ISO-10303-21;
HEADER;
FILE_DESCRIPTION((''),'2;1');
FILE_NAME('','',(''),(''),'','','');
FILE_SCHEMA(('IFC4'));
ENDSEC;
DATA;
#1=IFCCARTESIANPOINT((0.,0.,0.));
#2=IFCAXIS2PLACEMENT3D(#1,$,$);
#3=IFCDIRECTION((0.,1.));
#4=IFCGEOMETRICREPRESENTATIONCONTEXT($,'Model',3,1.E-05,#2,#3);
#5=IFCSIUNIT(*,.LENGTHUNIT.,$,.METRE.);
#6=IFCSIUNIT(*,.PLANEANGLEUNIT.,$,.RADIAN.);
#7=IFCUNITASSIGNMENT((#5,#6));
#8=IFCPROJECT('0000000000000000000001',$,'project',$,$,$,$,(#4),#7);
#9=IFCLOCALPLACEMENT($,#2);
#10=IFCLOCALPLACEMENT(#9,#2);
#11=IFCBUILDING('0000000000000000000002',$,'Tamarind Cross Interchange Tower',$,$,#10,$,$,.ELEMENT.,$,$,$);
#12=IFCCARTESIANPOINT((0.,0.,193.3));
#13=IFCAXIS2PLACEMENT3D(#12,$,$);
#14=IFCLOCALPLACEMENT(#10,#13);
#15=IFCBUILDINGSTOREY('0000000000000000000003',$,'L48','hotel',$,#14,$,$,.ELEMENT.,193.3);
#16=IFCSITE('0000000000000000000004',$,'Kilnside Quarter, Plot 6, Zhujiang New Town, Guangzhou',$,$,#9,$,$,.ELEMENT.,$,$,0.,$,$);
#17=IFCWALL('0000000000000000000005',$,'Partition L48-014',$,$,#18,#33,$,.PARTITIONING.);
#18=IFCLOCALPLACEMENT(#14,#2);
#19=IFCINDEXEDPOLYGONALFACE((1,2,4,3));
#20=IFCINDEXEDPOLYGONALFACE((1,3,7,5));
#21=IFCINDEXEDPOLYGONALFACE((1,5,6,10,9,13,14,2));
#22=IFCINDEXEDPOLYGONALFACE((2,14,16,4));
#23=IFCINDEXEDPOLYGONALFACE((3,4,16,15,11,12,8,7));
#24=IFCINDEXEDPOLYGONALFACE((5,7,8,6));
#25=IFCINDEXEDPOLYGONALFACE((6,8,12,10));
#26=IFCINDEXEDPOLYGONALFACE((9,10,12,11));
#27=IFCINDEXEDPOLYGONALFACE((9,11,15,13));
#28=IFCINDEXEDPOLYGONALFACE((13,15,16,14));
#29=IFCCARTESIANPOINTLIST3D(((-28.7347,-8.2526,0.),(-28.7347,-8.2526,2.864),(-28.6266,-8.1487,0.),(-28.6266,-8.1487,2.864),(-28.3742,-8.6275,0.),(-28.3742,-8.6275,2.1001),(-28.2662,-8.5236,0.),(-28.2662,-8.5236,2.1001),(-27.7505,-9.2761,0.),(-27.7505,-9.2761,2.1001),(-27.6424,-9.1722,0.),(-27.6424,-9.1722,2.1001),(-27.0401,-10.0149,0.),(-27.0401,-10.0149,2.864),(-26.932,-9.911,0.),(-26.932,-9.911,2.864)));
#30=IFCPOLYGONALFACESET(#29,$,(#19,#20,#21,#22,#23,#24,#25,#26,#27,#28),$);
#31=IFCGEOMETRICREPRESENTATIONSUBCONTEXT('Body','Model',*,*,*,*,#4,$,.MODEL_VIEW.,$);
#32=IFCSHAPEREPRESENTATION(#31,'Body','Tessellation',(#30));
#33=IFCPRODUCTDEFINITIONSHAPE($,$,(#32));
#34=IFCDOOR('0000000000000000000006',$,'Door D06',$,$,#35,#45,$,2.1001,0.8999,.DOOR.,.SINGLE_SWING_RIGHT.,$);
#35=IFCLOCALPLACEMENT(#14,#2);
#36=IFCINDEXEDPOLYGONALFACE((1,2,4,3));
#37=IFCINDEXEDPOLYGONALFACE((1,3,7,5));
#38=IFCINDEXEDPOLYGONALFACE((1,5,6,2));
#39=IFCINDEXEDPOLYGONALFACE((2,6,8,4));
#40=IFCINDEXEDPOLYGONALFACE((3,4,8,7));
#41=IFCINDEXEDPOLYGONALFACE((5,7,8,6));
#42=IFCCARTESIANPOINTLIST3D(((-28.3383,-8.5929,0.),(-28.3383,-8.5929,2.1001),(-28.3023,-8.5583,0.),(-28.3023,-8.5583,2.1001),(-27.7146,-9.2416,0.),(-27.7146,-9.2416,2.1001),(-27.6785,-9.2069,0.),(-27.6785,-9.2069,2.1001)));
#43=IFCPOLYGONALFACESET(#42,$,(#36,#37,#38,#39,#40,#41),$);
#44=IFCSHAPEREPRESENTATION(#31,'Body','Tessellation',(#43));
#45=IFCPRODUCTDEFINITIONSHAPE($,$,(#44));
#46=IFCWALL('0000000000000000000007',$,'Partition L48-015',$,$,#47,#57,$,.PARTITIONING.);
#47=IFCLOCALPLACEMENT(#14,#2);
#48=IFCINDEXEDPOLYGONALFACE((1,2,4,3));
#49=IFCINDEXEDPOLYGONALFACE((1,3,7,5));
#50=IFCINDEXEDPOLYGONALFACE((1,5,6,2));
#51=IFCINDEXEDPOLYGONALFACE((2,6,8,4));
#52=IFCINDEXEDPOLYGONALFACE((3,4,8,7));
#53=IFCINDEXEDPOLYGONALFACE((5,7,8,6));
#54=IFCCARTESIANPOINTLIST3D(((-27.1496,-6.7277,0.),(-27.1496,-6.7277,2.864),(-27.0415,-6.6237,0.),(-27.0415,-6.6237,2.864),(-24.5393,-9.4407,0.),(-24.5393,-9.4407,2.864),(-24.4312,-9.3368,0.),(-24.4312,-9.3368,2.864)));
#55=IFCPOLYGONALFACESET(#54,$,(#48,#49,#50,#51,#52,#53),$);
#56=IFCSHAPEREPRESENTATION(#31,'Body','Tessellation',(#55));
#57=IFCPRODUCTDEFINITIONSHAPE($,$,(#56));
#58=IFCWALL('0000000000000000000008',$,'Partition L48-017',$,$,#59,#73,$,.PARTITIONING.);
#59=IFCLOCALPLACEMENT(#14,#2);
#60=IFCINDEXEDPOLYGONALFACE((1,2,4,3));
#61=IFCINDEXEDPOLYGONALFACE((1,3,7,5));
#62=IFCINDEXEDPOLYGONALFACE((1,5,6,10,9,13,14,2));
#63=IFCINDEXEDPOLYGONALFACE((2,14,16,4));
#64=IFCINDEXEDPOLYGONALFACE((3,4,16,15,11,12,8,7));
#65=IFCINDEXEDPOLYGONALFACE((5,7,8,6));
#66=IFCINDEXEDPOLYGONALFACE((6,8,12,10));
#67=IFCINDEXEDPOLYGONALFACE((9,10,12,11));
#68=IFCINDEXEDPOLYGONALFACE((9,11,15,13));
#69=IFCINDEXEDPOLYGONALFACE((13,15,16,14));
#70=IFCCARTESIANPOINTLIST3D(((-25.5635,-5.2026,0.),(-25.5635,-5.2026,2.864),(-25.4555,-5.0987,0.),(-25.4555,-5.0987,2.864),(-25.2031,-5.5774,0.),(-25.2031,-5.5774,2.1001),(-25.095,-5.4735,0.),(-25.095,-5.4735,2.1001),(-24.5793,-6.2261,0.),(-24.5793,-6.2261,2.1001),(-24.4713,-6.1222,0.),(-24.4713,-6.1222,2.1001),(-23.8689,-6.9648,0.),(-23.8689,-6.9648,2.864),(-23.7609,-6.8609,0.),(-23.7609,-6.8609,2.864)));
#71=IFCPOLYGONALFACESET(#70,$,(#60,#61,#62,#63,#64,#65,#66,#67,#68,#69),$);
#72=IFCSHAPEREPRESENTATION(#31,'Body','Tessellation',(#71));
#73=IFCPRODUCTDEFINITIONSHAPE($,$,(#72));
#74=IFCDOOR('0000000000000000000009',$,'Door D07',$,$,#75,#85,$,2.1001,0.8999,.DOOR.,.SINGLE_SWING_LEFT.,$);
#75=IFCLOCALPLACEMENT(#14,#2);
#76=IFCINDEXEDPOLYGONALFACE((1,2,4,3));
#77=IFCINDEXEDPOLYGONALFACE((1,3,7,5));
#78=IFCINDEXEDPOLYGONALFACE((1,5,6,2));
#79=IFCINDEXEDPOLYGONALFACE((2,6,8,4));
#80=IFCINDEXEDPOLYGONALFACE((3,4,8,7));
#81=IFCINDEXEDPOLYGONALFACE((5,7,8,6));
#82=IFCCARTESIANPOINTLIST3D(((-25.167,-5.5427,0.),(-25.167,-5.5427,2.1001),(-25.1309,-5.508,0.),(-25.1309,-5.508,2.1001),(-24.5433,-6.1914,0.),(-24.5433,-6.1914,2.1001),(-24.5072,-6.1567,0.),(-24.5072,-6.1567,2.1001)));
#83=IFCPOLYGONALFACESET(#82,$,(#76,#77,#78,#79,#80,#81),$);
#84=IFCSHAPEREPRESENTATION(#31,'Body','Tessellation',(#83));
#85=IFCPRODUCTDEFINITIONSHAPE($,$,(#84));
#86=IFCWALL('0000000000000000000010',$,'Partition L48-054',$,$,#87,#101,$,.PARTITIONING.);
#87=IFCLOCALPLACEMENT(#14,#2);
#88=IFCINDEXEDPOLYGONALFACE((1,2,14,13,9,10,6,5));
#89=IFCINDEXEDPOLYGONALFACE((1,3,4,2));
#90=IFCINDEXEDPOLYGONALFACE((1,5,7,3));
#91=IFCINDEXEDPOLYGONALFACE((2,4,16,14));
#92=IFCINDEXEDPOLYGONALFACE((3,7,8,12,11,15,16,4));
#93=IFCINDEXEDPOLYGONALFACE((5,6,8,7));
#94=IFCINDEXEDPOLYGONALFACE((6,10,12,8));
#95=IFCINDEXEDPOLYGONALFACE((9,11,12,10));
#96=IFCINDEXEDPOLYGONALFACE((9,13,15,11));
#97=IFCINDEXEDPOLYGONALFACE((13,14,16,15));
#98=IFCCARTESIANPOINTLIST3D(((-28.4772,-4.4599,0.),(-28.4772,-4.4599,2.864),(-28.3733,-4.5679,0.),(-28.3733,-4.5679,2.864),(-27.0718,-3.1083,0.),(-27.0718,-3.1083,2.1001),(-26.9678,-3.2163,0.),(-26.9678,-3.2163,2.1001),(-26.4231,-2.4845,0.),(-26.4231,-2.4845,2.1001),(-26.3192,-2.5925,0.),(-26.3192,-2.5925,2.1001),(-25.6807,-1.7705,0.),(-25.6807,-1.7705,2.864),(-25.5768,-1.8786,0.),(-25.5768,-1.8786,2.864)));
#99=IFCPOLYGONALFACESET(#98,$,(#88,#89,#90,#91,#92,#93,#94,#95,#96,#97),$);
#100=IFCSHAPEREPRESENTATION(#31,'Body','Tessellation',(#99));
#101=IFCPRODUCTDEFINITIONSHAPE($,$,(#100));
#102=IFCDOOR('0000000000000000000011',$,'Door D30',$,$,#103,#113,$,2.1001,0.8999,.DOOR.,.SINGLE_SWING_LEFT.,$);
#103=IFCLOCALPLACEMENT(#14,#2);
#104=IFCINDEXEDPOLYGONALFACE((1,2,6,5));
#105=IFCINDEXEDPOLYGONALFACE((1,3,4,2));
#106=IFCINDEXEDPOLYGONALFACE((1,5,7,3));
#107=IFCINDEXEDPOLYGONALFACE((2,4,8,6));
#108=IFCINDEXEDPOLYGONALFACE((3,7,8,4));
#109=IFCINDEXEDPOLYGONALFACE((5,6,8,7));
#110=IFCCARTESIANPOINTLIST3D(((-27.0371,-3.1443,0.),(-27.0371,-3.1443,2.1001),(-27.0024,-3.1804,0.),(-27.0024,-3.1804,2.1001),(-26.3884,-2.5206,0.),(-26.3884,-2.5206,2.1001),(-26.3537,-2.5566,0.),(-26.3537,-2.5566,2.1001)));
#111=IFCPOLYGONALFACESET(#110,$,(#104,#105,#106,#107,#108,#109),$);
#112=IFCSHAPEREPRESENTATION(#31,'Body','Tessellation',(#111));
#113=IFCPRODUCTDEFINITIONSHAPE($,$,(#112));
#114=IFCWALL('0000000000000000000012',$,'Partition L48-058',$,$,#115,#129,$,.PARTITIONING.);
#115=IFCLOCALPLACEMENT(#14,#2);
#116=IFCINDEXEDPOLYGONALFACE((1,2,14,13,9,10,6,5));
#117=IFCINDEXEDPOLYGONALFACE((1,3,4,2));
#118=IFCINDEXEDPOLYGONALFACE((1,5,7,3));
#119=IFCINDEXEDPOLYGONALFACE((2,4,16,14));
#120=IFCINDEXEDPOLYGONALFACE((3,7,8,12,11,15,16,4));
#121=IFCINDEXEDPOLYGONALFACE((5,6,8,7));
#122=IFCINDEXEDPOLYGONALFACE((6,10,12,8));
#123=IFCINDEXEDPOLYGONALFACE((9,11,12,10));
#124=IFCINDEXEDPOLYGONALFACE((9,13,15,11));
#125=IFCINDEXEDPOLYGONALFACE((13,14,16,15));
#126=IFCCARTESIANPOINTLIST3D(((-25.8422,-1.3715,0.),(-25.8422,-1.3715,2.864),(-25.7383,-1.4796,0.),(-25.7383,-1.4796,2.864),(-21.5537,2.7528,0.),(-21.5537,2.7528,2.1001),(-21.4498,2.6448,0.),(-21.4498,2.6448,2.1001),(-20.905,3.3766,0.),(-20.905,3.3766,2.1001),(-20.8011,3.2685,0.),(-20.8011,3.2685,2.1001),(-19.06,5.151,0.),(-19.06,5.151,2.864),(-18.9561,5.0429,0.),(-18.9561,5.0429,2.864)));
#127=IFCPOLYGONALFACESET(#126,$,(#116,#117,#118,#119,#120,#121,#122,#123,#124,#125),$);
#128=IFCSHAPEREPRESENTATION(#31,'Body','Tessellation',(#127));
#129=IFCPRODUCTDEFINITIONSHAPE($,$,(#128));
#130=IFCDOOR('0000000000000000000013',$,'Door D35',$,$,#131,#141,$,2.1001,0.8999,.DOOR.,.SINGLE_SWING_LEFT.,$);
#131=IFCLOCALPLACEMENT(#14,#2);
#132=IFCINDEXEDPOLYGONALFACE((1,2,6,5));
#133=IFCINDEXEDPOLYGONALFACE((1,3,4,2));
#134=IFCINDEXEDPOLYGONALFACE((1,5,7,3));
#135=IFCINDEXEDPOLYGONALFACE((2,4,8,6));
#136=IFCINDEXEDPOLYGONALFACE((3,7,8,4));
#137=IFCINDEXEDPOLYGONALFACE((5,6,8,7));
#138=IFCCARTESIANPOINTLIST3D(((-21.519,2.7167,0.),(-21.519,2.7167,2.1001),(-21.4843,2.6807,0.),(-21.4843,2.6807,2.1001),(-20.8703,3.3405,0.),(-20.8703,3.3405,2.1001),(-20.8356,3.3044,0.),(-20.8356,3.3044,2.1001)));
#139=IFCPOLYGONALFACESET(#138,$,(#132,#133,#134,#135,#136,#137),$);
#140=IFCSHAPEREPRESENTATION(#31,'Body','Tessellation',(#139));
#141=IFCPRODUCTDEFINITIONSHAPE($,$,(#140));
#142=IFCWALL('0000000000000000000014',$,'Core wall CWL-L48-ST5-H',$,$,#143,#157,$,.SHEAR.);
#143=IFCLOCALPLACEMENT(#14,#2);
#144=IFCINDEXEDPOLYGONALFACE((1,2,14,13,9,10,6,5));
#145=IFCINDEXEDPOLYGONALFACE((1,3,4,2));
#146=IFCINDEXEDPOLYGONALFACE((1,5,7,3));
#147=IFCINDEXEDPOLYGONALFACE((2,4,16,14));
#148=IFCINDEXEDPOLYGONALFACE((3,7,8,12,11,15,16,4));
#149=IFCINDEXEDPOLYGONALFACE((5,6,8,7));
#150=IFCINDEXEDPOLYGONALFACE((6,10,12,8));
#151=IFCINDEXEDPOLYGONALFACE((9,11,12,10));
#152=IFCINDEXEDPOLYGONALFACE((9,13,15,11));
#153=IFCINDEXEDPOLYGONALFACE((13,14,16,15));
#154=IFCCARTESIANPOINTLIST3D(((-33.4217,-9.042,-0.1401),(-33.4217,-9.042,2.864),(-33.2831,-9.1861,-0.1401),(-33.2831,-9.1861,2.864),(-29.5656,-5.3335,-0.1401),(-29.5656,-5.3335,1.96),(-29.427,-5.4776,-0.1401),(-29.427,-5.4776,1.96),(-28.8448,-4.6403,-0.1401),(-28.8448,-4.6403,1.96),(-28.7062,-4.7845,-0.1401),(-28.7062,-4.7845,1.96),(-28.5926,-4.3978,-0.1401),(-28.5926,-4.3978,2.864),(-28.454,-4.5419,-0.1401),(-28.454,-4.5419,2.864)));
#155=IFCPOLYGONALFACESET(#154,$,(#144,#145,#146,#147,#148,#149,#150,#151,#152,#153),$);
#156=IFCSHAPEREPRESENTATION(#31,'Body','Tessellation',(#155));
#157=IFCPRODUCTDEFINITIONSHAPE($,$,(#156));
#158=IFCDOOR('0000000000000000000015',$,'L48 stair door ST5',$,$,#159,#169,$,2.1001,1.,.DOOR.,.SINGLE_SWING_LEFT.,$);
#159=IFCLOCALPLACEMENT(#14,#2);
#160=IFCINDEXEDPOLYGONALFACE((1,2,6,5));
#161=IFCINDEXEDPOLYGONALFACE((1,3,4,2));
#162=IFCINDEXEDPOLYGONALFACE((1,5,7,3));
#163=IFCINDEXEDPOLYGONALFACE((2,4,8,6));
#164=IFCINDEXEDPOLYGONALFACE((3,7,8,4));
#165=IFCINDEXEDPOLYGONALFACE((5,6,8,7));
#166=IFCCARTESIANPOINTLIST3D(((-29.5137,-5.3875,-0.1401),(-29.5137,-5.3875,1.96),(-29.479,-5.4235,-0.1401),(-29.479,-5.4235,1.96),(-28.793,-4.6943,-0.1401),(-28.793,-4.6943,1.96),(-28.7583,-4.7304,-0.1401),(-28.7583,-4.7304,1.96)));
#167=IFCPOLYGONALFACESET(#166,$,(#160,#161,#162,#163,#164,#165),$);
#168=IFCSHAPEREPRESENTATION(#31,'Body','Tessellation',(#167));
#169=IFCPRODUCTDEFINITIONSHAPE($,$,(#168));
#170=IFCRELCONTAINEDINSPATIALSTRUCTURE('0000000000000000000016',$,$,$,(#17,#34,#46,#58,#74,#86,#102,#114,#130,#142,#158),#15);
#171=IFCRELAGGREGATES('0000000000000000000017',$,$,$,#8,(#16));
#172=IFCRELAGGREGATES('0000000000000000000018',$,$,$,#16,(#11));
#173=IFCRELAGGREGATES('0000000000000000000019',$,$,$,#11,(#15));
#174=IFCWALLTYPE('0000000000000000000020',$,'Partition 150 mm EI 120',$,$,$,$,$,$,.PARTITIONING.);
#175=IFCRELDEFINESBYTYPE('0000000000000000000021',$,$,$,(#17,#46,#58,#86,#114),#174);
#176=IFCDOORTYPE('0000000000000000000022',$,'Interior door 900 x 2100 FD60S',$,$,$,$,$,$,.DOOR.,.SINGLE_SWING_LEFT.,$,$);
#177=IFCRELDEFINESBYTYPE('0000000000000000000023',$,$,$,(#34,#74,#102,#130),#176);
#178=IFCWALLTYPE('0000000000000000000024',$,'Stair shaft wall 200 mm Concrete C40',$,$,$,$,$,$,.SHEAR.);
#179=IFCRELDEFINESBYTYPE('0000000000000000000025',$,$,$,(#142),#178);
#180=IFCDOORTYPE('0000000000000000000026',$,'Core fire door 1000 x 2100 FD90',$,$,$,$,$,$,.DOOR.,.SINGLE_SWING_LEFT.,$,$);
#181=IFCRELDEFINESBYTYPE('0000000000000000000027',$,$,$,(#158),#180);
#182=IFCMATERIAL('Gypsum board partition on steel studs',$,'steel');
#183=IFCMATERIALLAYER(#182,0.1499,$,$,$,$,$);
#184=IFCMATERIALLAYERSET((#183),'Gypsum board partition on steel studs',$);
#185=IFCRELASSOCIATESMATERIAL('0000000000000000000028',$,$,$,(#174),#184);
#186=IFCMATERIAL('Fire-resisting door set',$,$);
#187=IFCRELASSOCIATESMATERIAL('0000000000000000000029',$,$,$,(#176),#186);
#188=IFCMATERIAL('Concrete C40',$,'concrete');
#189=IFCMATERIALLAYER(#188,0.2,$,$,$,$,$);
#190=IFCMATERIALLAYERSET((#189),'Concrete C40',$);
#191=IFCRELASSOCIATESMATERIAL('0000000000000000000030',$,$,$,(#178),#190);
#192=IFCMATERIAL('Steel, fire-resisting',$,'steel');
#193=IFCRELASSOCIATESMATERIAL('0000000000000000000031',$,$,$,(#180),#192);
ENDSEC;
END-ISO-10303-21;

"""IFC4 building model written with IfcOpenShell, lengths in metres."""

from ifc_helpers import new_model, si_unit, direction, frame, frame_2d, origin, place, context, subcontext, project, spatial, rectangle, extrude, material, layer, layer_set, type_object, element, fill, save


model = new_model("IFC4")

# Units and contexts
model_context = context("Model", 3, precision=1e-05, world=origin(), true_north=direction((0.0, 1.0)))
body_context = subcontext(model_context, "Body", "Model", "MODEL_VIEW")
ifc_project = project(units=[si_unit("LENGTHUNIT", "METRE"), si_unit("PLANEANGLEUNIT", "RADIAN")], contexts=[model_context])

# Site, building, storey
site_placement = place(None, origin())
site = spatial("IfcSite", under=ifc_project, at=site_placement, Name="Kilnside Quarter, Plot 6, Zhujiang New Town, Guangzhou", CompositionType="ELEMENT", RefElevation=0.0)
building_placement = place(site_placement, origin())
building = spatial("IfcBuilding", under=site, at=building_placement, Name="Tamarind Cross Interchange Tower", CompositionType="ELEMENT")
storey_placement = place(building_placement, frame((0.0, 0.0, 193.3)))
storey = spatial("IfcBuildingStorey", under=building, at=storey_placement, Name="L48", Description="hotel", CompositionType="ELEMENT", Elevation=193.3)

# Wall, opening, door
ifc_material_1 = material(Name="Gypsum board partition on steel studs", Category="steel")
ifc_layer_1 = layer(ifc_material_1, 0.1499)
ifc_layer_set_1 = layer_set([ifc_layer_1], Name="Gypsum board partition on steel studs")
wall_type_1 = type_object("IfcWallType", Name="Partition 150 mm EI 120", PredefinedType="PARTITIONING", material=ifc_layer_set_1)
wall_1_placement = place(storey_placement, frame((-28.6807, -8.2007, 0.0), z_axis=(0.0, 0.0, 1.0), x_axis=(0.693141, -0.720802, 0.0)))
wall_1 = element("IfcWall", 1, at=wall_1_placement, inside=storey, type_object=wall_type_1, Name="Partition L48-014", PredefinedType="PARTITIONING", context=body_context, shape_type="SweptSolid", body=[
    extrude(rectangle(XDim=2.4448, YDim=0.1499, at=frame_2d((1.2224, 0.0))), origin(), (0.0, 0.0, 1.0), 2.864),
])
opening_1_placement = place(wall_1_placement, frame((0.52, 0.0, 0.0)))
opening_1 = element("IfcOpeningElement", 2, at=opening_1_placement, cuts=wall_1, PredefinedType="OPENING", context=body_context, shape_type="SweptSolid", body=[
    extrude(rectangle(XDim=0.8999, YDim=2.1001, at=frame_2d((0.45, 1.05))), frame((0.0, 0.085, 0.0), z_axis=(0.0, -1.0, 0.0), x_axis=(1.0, 0.0, 0.0)), (0.0, 0.0, 1.0), 0.1699),
])
ifc_material_2 = material(Name="Fire-resisting door set")
door_type_1 = type_object("IfcDoorType", Name="Interior door 900 x 2100 FD60S", OperationType="SINGLE_SWING_LEFT", PredefinedType="DOOR", material=ifc_material_2)
door_1_placement = place(opening_1_placement, origin())
door_1 = element("IfcDoor", 3, at=door_1_placement, inside=storey, type_object=door_type_1, Name="Door D06", OperationType="SINGLE_SWING_RIGHT", OverallHeight=2.1001, OverallWidth=0.8999, PredefinedType="DOOR", context=body_context, shape_type="SweptSolid", body=[
    extrude(rectangle(XDim=0.8999, YDim=2.1001, at=frame_2d((0.45, 1.05))), frame((0.0, 0.0249, 0.0), z_axis=(0.0, -1.0, 0.0), x_axis=(1.0, 0.0, 0.0)), (0.0, 0.0, 1.0), 0.05),
])
fill(opening_1, door_1)

# Wall
wall_2_placement = place(storey_placement, frame((-27.0955, -6.6758, 0.0), z_axis=(0.0, 0.0, 1.0), x_axis=(0.693325, -0.720625, 0.0)))
element("IfcWall", 4, at=wall_2_placement, inside=storey, type_object=wall_type_1, Name="Partition L48-015", PredefinedType="PARTITIONING", context=body_context, shape_type="SweptSolid", body=[
    extrude(rectangle(XDim=3.7649, YDim=0.1499, at=frame_2d((1.8823, 0.0))), origin(), (0.0, 0.0, 1.0), 2.864),
])

# Walls, openings, doors
wall_3_placement = place(storey_placement, frame((-25.5095, -5.1506, 0.0), z_axis=(0.0, 0.0, 1.0), x_axis=(0.693141, -0.720802, 0.0)))
wall_3 = element("IfcWall", 5, at=wall_3_placement, inside=storey, type_object=wall_type_1, Name="Partition L48-017", PredefinedType="PARTITIONING", context=body_context, shape_type="SweptSolid", body=[
    extrude(rectangle(XDim=2.4448, YDim=0.1499, at=frame_2d((1.2224, 0.0))), origin(), (0.0, 0.0, 1.0), 2.864),
])
opening_2_placement = place(wall_3_placement, frame((0.52, 0.0, 0.0)))
opening_2 = element("IfcOpeningElement", 6, at=opening_2_placement, cuts=wall_3, PredefinedType="OPENING", context=body_context, shape_type="SweptSolid", body=[
    extrude(rectangle(XDim=0.8999, YDim=2.1001, at=frame_2d((0.45, 1.05))), frame((0.0, 0.085, 0.0), z_axis=(0.0, -1.0, 0.0), x_axis=(1.0, 0.0, 0.0)), (0.0, 0.0, 1.0), 0.1699),
])
door_2_placement = place(opening_2_placement, frame((0.8999, 0.0, 0.0), z_axis=(0.0, 0.0, 1.0), x_axis=(-1.0, 0.0, 0.0)))
door_2 = element("IfcDoor", 7, at=door_2_placement, inside=storey, type_object=door_type_1, Name="Door D07", OperationType="SINGLE_SWING_LEFT", OverallHeight=2.1001, OverallWidth=0.8999, PredefinedType="DOOR", context=body_context, shape_type="SweptSolid", body=[
    extrude(rectangle(XDim=0.8999, YDim=2.1001, at=frame_2d((0.45, 1.05))), frame((0.0, 0.0249, 0.0), z_axis=(0.0, -1.0, 0.0), x_axis=(1.0, 0.0, 0.0)), (0.0, 0.0, 1.0), 0.05),
])
fill(opening_2, door_2)
wall_4_placement = place(storey_placement, frame((-28.4253, -4.5139, 0.0), z_axis=(0.0, 0.0, 1.0), x_axis=(0.720783, 0.69316, 0.0)))
wall_4 = element("IfcWall", 8, at=wall_4_placement, inside=storey, type_object=wall_type_1, Name="Partition L48-054", PredefinedType="PARTITIONING", context=body_context, shape_type="SweptSolid", body=[
    extrude(rectangle(XDim=3.8799, YDim=0.1499, at=frame_2d((1.9399, 0.0))), origin(), (0.0, 0.0, 1.0), 2.864),
])
opening_3_placement = place(wall_4_placement, frame((1.95, 0.0, 0.0)))
opening_3 = element("IfcOpeningElement", 9, at=opening_3_placement, cuts=wall_4, PredefinedType="OPENING", context=body_context, shape_type="SweptSolid", body=[
    extrude(rectangle(XDim=0.8999, YDim=2.1001, at=frame_2d((0.45, 1.05))), frame((0.0, 0.085, 0.0), z_axis=(0.0, -1.0, 0.0), x_axis=(1.0, 0.0, 0.0)), (0.0, 0.0, 1.0), 0.1699),
])
door_3_placement = place(opening_3_placement, origin())
door_3 = element("IfcDoor", 10, at=door_3_placement, inside=storey, type_object=door_type_1, Name="Door D30", OperationType="SINGLE_SWING_LEFT", OverallHeight=2.1001, OverallWidth=0.8999, PredefinedType="DOOR", context=body_context, shape_type="SweptSolid", body=[
    extrude(rectangle(XDim=0.8999, YDim=2.1001, at=frame_2d((0.45, 1.05))), frame((0.0, 0.0249, 0.0), z_axis=(0.0, -1.0, 0.0), x_axis=(1.0, 0.0, 0.0)), (0.0, 0.0, 1.0), 0.05),
])
fill(opening_3, door_3)
wall_5_placement = place(storey_placement, frame((-25.7903, -1.4255, 0.0), z_axis=(0.0, 0.0, 1.0), x_axis=(0.720775, 0.693169, 0.0)))
wall_5 = element("IfcWall", 11, at=wall_5_placement, inside=storey, type_object=wall_type_1, Name="Partition L48-058", PredefinedType="PARTITIONING", context=body_context, shape_type="SweptSolid", body=[
    extrude(rectangle(XDim=9.4097, YDim=0.1499, at=frame_2d((4.7048, 0.0))), origin(), (0.0, 0.0, 1.0), 2.864),
])
opening_4_placement = place(wall_5_placement, frame((5.95, 0.0, 0.0)))
opening_4 = element("IfcOpeningElement", 12, at=opening_4_placement, cuts=wall_5, PredefinedType="OPENING", context=body_context, shape_type="SweptSolid", body=[
    extrude(rectangle(XDim=0.8999, YDim=2.1001, at=frame_2d((0.45, 1.05))), frame((0.0, 0.085, 0.0), z_axis=(0.0, -1.0, 0.0), x_axis=(1.0, 0.0, 0.0)), (0.0, 0.0, 1.0), 0.1699),
])
door_4_placement = place(opening_4_placement, origin())
door_4 = element("IfcDoor", 13, at=door_4_placement, inside=storey, type_object=door_type_1, Name="Door D35", OperationType="SINGLE_SWING_LEFT", OverallHeight=2.1001, OverallWidth=0.8999, PredefinedType="DOOR", context=body_context, shape_type="SweptSolid", body=[
    extrude(rectangle(XDim=0.8999, YDim=2.1001, at=frame_2d((0.45, 1.05))), frame((0.0, 0.0249, 0.0), z_axis=(0.0, -1.0, 0.0), x_axis=(1.0, 0.0, 0.0)), (0.0, 0.0, 1.0), 0.05),
])
fill(opening_4, door_4)
ifc_material_3 = material(Name="Concrete C40", Category="concrete")
ifc_layer_2 = layer(ifc_material_3, 0.2)
ifc_layer_set_2 = layer_set([ifc_layer_2], Name="Concrete C40")
wall_type_2 = type_object("IfcWallType", Name="Stair shaft wall 200 mm Concrete C40", PredefinedType="SHEAR", material=ifc_layer_set_2)
wall_6_placement = place(storey_placement, frame((-28.5232, -4.4697, -0.1401), z_axis=(0.0, 0.0, 1.0), x_axis=(-0.720764, -0.69318, 0.0)))
wall_6 = element("IfcWall", 14, at=wall_6_placement, inside=storey, type_object=wall_type_2, Name="Core wall CWL-L48-ST5-H", PredefinedType="SHEAR", context=body_context, shape_type="SweptSolid", body=[
    extrude(rectangle(XDim=6.7, YDim=0.2, at=frame_2d((3.3501, 0.0))), origin(), (0.0, 0.0, 1.0), 3.0042),
])
opening_5_placement = place(wall_6_placement, frame((0.3501, 0.0, 0.0)))
opening_5 = element("IfcOpeningElement", 15, at=opening_5_placement, cuts=wall_6, PredefinedType="OPENING", context=body_context, shape_type="SweptSolid", body=[
    extrude(rectangle(XDim=1.0, YDim=2.1001, at=frame_2d((0.5, 1.05))), frame((0.0, 0.1099, 0.0), z_axis=(0.0, -1.0, 0.0), x_axis=(1.0, 0.0, 0.0)), (0.0, 0.0, 1.0), 0.22),
])
ifc_material_4 = material(Name="Steel, fire-resisting", Category="steel")
door_type_2 = type_object("IfcDoorType", Name="Core fire door 1000 x 2100 FD90", OperationType="SINGLE_SWING_LEFT", PredefinedType="DOOR", material=ifc_material_4)
door_5_placement = place(opening_5_placement, origin())
door_5 = element("IfcDoor", 16, at=door_5_placement, inside=storey, type_object=door_type_2, Name="L48 stair door ST5", OperationType="SINGLE_SWING_LEFT", OverallHeight=2.1001, OverallWidth=1.0, PredefinedType="DOOR", context=body_context, shape_type="SweptSolid", body=[
    extrude(rectangle(XDim=1.0, YDim=2.1001, at=frame_2d((0.5, 1.05))), frame((0.0, 0.0249, 0.0), z_axis=(0.0, -1.0, 0.0), x_axis=(1.0, 0.0, 0.0)), (0.0, 0.0, 1.0), 0.05),
])
fill(opening_5, door_5)

save(model, "model.ifc")
